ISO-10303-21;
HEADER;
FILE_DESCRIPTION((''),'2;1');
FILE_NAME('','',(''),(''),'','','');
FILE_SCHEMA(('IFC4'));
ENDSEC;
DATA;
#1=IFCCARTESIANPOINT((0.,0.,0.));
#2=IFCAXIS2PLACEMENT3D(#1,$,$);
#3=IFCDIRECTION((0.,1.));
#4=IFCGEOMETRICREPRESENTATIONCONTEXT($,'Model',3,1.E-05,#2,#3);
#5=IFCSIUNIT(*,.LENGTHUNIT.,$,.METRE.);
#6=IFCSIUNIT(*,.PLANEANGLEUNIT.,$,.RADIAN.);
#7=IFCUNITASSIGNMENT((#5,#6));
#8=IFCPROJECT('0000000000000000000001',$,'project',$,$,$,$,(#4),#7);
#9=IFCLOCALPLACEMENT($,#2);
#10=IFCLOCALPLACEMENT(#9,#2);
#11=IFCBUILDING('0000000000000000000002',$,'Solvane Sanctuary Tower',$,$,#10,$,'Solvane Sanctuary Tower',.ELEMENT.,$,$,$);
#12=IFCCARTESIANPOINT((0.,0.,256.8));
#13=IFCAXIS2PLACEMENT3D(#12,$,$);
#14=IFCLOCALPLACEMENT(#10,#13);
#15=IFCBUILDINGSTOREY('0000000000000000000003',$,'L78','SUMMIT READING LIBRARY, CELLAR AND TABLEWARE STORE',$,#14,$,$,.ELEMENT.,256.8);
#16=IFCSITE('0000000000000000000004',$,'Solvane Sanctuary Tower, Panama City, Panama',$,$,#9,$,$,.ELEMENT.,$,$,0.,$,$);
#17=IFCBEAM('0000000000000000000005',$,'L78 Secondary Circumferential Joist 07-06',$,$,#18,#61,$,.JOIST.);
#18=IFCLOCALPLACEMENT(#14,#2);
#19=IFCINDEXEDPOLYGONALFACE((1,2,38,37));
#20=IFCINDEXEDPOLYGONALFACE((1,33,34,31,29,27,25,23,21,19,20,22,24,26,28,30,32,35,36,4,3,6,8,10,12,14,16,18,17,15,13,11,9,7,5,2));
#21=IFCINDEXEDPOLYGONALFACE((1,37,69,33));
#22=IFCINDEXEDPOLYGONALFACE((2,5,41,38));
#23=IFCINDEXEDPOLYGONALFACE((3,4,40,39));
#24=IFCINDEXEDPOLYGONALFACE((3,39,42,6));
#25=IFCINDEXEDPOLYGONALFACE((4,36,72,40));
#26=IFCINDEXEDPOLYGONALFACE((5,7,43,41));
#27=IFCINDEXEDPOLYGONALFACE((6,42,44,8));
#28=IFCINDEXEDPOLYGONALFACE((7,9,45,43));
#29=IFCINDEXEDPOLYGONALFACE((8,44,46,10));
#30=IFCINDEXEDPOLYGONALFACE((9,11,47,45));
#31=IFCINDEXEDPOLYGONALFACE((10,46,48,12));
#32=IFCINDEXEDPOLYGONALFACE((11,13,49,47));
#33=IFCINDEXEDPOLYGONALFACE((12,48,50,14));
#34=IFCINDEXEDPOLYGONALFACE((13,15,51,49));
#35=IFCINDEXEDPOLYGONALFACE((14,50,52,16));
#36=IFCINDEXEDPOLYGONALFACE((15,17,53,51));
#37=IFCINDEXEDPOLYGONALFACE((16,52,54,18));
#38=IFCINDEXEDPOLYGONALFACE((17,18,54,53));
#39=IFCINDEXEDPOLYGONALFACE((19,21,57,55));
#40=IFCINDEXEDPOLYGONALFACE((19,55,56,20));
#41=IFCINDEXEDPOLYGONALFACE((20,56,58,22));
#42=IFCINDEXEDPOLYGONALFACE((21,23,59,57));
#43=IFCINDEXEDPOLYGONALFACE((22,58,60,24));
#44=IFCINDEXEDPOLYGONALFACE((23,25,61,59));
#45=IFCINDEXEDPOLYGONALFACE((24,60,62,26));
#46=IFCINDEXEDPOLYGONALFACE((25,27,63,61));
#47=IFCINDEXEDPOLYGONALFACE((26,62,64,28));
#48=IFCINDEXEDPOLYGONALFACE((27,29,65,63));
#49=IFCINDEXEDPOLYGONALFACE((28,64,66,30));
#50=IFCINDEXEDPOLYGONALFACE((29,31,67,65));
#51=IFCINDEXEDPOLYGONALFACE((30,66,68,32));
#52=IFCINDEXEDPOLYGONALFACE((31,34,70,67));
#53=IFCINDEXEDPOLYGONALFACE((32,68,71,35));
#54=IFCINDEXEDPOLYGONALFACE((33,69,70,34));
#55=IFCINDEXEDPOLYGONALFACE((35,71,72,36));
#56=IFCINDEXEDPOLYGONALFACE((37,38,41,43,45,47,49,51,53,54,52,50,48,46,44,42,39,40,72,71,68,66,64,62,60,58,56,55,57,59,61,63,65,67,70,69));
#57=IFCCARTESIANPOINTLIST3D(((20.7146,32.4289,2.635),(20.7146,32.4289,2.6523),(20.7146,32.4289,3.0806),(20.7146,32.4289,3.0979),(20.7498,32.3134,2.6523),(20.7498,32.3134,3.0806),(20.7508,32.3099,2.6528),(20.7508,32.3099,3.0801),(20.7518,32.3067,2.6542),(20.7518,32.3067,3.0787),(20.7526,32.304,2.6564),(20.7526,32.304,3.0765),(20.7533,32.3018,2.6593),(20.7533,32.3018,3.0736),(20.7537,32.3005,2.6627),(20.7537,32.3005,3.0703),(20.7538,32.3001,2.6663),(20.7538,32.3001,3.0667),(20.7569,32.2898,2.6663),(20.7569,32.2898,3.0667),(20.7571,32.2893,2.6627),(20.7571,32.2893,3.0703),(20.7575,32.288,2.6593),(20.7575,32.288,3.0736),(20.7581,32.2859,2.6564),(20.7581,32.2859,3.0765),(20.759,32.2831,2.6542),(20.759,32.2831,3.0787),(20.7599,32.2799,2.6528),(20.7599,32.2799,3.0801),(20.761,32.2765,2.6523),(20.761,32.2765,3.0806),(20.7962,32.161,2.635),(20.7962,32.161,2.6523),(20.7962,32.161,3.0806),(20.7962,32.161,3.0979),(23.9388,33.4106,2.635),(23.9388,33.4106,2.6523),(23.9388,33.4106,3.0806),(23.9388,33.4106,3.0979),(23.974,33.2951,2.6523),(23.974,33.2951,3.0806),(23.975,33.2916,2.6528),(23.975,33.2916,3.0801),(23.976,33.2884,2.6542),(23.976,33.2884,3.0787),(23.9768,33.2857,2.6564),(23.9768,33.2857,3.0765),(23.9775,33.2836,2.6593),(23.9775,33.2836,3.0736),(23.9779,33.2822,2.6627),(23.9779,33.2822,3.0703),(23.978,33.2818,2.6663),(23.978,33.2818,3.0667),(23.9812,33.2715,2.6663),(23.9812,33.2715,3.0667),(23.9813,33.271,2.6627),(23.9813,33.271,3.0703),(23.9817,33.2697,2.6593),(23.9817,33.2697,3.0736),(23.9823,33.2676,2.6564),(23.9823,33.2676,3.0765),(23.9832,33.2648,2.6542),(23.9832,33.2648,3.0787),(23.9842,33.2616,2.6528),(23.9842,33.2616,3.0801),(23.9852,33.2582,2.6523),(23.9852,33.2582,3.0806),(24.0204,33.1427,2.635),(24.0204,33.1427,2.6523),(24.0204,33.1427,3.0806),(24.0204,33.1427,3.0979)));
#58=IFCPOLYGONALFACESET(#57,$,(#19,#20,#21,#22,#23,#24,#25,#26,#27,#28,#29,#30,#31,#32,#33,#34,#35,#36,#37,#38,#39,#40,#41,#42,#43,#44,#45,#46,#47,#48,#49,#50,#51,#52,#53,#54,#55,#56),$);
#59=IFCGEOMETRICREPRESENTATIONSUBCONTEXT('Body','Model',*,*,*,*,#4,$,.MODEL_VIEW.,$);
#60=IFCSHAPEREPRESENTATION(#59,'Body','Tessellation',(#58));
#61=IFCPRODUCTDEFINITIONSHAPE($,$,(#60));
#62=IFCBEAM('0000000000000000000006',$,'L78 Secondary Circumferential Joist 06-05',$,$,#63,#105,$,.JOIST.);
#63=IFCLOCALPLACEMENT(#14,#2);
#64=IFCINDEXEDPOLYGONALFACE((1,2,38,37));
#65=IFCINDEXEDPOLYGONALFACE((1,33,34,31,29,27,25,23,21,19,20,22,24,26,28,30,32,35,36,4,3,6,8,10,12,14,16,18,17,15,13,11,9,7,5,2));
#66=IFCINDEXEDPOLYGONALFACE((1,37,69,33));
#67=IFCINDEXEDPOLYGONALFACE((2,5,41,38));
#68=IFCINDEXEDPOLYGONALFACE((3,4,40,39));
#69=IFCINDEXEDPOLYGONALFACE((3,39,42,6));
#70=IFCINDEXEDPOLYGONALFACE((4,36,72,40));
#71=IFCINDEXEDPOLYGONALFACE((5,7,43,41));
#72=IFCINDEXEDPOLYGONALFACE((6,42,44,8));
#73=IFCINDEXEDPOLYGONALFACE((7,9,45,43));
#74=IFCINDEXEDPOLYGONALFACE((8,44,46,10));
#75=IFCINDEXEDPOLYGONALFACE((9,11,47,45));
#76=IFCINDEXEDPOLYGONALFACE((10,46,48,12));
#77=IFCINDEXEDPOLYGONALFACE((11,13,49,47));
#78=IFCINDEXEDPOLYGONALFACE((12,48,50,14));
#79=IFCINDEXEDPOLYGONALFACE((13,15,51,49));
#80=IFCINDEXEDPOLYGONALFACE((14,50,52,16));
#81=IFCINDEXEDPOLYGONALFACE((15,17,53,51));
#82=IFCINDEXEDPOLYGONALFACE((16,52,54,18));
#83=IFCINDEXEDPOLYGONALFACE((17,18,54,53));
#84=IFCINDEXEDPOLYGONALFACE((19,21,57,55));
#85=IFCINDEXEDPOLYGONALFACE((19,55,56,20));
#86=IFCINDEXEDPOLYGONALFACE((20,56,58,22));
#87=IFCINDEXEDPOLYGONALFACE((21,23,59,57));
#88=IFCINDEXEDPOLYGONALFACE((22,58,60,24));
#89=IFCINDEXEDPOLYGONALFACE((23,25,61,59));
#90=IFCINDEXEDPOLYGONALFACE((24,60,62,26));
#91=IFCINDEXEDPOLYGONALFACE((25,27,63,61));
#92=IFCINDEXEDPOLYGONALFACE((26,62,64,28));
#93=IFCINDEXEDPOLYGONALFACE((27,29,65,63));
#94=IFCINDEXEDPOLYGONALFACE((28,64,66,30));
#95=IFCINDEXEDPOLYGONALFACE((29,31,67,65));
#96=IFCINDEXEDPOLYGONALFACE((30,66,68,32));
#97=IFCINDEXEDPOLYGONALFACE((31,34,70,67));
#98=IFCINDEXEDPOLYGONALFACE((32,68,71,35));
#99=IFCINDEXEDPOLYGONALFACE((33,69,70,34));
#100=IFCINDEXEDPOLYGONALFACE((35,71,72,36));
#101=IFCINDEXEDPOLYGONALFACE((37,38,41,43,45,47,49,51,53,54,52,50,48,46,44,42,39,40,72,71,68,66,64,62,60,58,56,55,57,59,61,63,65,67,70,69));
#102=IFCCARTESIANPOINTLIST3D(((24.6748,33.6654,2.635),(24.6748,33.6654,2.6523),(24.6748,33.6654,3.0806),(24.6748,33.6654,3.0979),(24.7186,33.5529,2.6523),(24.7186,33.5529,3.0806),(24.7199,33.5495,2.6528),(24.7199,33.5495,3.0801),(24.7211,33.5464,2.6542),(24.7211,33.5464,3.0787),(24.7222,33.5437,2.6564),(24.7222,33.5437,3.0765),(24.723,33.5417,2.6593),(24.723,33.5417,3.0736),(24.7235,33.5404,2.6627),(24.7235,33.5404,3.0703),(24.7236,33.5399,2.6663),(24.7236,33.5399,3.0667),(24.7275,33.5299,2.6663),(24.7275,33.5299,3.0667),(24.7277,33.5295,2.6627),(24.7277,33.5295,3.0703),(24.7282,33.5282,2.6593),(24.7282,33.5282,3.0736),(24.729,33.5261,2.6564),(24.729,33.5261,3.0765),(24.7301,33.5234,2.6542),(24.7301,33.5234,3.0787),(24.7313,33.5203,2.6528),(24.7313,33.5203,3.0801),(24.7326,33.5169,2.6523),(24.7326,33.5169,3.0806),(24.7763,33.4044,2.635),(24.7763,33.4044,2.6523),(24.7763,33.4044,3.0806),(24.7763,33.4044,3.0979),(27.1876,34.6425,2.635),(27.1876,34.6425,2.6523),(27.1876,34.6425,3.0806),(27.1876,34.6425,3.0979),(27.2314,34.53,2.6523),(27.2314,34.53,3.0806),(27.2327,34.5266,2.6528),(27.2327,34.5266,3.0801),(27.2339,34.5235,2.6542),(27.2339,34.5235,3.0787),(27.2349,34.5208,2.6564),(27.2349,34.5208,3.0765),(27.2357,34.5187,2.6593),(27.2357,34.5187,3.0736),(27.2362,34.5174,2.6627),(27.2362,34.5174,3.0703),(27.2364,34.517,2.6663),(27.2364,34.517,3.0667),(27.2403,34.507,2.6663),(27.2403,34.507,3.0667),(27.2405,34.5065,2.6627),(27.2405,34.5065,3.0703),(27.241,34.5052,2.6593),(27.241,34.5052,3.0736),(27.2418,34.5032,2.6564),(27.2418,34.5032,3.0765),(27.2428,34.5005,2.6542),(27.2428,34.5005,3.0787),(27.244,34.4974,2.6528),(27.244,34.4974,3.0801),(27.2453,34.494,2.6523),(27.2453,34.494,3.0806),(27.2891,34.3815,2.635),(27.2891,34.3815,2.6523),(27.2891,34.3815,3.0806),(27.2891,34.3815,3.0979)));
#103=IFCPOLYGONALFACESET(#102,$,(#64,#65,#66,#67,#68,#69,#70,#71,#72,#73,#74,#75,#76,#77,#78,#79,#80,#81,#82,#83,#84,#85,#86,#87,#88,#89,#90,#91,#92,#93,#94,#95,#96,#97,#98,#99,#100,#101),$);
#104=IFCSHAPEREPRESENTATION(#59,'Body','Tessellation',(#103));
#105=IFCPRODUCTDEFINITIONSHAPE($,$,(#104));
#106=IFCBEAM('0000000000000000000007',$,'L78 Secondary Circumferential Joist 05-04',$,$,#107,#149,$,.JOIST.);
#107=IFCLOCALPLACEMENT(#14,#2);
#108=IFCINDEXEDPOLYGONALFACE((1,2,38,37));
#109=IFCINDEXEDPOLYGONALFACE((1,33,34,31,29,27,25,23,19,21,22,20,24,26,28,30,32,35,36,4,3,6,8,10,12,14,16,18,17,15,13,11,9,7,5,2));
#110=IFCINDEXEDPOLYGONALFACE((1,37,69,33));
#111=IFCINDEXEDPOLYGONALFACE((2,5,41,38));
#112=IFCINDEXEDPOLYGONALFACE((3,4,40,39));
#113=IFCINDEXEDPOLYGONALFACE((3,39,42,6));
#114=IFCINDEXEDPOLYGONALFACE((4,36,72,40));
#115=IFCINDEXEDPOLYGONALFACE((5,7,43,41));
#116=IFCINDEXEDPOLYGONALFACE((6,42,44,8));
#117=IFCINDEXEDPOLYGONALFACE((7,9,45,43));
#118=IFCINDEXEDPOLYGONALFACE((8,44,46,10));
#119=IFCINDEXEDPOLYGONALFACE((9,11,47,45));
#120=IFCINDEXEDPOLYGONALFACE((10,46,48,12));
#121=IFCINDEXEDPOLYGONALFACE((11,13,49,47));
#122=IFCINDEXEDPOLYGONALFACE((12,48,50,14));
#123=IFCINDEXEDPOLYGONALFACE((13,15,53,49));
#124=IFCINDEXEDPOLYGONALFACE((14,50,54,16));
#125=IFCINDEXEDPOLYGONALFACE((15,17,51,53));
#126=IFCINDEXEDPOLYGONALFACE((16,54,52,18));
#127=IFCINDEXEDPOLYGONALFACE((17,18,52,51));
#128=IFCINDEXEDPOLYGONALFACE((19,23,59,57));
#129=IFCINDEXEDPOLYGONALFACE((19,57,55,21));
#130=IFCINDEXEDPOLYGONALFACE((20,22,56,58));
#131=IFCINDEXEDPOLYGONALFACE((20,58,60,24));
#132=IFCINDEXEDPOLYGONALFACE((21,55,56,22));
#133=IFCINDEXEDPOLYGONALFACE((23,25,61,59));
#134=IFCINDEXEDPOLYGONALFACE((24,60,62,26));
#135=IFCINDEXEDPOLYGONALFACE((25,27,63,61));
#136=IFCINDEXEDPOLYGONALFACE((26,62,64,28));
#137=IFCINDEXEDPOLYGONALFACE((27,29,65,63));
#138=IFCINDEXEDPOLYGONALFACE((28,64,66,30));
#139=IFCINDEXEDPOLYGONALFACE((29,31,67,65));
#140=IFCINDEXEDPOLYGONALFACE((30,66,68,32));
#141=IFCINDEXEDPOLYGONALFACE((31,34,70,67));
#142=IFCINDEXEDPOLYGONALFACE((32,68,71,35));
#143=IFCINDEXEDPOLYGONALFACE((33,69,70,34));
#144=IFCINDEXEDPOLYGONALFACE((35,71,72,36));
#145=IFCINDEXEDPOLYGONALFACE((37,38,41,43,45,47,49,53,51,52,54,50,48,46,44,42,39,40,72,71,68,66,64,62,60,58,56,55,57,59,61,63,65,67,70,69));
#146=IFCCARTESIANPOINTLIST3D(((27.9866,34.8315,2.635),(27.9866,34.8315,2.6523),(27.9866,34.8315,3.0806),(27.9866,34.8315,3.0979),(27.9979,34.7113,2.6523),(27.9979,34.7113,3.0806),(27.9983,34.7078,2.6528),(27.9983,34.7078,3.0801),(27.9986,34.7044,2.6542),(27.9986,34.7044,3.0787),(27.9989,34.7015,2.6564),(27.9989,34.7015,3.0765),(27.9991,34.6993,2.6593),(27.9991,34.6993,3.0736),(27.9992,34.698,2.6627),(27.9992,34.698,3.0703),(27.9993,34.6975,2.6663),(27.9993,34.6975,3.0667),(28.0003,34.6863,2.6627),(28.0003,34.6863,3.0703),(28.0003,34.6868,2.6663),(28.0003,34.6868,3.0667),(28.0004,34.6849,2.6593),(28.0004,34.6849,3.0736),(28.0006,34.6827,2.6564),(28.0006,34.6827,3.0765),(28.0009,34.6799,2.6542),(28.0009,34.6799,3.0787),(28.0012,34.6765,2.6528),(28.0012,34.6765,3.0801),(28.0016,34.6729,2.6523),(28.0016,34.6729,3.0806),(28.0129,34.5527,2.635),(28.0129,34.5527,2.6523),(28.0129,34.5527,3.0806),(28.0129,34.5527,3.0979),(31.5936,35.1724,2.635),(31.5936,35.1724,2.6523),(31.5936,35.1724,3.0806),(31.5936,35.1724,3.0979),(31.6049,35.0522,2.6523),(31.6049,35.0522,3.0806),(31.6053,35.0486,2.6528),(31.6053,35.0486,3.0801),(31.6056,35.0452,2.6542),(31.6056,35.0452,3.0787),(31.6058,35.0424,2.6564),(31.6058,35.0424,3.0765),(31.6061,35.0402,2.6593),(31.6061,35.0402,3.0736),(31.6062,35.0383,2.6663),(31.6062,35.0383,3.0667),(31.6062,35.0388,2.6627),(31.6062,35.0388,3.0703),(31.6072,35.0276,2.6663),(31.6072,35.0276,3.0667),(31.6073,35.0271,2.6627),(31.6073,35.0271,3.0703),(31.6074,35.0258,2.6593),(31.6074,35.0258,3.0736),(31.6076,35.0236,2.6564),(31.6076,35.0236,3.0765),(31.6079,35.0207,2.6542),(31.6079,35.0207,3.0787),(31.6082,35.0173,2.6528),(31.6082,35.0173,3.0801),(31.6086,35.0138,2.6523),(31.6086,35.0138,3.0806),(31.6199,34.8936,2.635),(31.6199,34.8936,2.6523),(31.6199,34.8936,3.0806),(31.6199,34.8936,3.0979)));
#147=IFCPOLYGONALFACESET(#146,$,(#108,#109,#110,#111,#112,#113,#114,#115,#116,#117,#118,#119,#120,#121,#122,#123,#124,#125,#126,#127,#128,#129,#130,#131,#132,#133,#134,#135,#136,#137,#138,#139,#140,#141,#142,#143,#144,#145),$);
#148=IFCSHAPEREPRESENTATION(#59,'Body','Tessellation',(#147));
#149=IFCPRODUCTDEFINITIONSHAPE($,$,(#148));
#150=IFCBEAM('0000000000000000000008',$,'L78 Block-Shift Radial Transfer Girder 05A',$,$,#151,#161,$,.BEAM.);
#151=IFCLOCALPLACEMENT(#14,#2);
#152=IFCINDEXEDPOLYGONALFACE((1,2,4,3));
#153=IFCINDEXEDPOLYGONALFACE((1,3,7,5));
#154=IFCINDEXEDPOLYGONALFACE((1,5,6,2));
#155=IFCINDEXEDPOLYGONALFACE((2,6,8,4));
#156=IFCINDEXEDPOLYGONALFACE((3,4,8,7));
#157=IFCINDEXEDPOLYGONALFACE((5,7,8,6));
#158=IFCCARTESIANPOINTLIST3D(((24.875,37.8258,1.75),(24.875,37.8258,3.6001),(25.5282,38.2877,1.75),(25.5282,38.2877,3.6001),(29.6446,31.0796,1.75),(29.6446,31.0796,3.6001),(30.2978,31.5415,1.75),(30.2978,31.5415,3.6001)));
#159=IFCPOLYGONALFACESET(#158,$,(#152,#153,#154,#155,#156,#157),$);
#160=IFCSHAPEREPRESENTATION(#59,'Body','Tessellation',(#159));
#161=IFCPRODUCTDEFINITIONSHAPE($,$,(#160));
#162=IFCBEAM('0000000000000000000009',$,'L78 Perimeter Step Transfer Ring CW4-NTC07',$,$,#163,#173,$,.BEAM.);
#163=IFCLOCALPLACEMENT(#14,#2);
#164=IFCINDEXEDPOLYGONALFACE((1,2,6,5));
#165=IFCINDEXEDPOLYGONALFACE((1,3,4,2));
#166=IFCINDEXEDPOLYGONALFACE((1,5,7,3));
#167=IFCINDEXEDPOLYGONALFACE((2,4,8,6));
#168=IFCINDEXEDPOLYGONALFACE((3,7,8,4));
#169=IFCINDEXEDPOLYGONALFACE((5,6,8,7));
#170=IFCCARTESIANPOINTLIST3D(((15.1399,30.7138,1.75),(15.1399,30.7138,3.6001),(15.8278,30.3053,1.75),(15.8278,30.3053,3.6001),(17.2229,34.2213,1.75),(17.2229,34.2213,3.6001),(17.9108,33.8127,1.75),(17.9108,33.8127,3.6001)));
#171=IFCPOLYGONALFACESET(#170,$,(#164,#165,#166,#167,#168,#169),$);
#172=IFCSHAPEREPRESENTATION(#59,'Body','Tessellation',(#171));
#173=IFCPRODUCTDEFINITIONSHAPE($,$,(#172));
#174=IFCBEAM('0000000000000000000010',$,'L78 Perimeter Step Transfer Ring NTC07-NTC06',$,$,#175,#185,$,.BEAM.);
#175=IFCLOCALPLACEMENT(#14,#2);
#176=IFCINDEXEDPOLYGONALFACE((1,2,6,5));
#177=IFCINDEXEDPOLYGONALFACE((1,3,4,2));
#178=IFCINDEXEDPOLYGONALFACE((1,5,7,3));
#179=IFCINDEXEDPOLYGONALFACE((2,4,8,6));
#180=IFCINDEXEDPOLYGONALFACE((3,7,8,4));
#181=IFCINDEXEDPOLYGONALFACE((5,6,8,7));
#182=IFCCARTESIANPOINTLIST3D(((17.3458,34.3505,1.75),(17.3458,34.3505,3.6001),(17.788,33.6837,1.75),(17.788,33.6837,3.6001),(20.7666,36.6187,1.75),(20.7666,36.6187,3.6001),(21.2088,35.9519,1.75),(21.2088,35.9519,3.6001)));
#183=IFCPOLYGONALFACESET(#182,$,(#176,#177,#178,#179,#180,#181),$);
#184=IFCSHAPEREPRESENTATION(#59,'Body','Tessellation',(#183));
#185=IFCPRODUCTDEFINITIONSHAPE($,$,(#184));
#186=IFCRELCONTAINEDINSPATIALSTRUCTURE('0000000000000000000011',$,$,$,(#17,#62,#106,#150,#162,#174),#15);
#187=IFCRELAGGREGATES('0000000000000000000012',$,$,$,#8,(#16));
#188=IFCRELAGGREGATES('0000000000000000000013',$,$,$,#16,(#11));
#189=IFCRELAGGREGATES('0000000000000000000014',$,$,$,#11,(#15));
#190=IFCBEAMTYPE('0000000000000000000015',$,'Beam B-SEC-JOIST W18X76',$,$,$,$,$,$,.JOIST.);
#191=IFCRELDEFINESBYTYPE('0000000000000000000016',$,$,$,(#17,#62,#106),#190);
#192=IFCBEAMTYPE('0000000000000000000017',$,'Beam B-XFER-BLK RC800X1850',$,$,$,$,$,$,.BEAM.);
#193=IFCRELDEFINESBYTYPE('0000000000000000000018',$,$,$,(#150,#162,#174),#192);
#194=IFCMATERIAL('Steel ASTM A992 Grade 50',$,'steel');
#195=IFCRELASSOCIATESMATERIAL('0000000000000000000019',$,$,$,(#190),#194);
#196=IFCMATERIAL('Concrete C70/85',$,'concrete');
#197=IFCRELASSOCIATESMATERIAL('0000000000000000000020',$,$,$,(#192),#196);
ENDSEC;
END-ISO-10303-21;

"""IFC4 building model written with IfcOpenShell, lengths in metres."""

from ifc_helpers import new_model, si_unit, direction, frame, origin, origin_2d, place, context, subcontext, project, spatial, rectangle, i_section, extrude, material, material_profile, profile_set, type_object, element, save


model = new_model("IFC4")

# Units and contexts
model_context = context("Model", 3, precision=1e-05, world=origin(), true_north=direction((0.0, 1.0)))
body_context = subcontext(model_context, "Body", "Model", "MODEL_VIEW")
ifc_project = project(units=[si_unit("LENGTHUNIT", "METRE"), si_unit("PLANEANGLEUNIT", "RADIAN")], contexts=[model_context])

# Site, building, storey
site_placement = place(None, origin())
site = spatial("IfcSite", under=ifc_project, at=site_placement, Name="Solvane Sanctuary Tower, Panama City, Panama", CompositionType="ELEMENT", RefElevation=0.0)
building_placement = place(site_placement, origin())
building = spatial("IfcBuilding", under=site, at=building_placement, Name="Solvane Sanctuary Tower", LongName="Solvane Sanctuary Tower", CompositionType="ELEMENT")
storey_placement = place(building_placement, frame((0.0, 0.0, 256.8)))
storey = spatial("IfcBuildingStorey", under=building, at=storey_placement, Name="L78", Description="SUMMIT READING LIBRARY, CELLAR AND TABLEWARE STORE", CompositionType="ELEMENT", Elevation=256.8)

# Beams
ifc_material_1 = material(Name="Steel ASTM A992 Grade 50", Category="steel")
ifc_material_profile_1 = material_profile(ifc_material_1, i_section(OverallWidth=0.28, OverallDepth=0.4629, WebThickness=0.0107, FlangeThickness=0.0173, FilletRadius=0.0139, at=origin_2d()), Name="W18X76")
ifc_profile_set_1 = profile_set([ifc_material_profile_1], Name="Steel ASTM A992 Grade 50")
beam_type_1 = type_object("IfcBeamType", Name="Beam B-SEC-JOIST W18X76", PredefinedType="JOIST", material=ifc_profile_set_1)
beam_1_placement = place(storey_placement, frame((20.7554, 32.2949, 2.8665), z_axis=(0.956638, 0.29128, 0.0), x_axis=(-0.29128, 0.956638, 0.0)))
element("IfcBeam", 1, at=beam_1_placement, inside=storey, type_object=beam_type_1, Name="L78 Secondary Circumferential Joist 07-06", PredefinedType="JOIST", context=body_context, shape_type="SweptSolid", body=[
    extrude(i_section(OverallWidth=0.28, OverallDepth=0.4629, WebThickness=0.0107, FlangeThickness=0.0173, FilletRadius=0.0139, at=origin_2d()), origin(), (0.0, 0.0, 1.0), 3.3704),
])
beam_2_placement = place(storey_placement, frame((24.7256, 33.5349, 2.8665), z_axis=(0.932018, 0.362411, 0.0), x_axis=(-0.362411, 0.932018, 0.0)))
element("IfcBeam", 2, at=beam_2_placement, inside=storey, type_object=beam_type_1, Name="L78 Secondary Circumferential Joist 06-05", PredefinedType="JOIST", context=body_context, shape_type="SweptSolid", body=[
    extrude(i_section(OverallWidth=0.28, OverallDepth=0.4629, WebThickness=0.0107, FlangeThickness=0.0173, FilletRadius=0.0139, at=origin_2d()), origin(), (0.0, 0.0, 1.0), 2.696),
])
beam_3_placement = place(storey_placement, frame((27.9998, 34.6921, 2.8665), z_axis=(0.995565, 0.094071, 0.0), x_axis=(-0.094071, 0.995565, 0.0)))
element("IfcBeam", 3, at=beam_3_placement, inside=storey, type_object=beam_type_1, Name="L78 Secondary Circumferential Joist 05-04", PredefinedType="JOIST", context=body_context, shape_type="SweptSolid", body=[
    extrude(i_section(OverallWidth=0.28, OverallDepth=0.4629, WebThickness=0.0107, FlangeThickness=0.0173, FilletRadius=0.0139, at=origin_2d()), origin(), (0.0, 0.0, 1.0), 3.623),
])
ifc_material_2 = material(Name="Concrete C70/85", Category="concrete")
ifc_material_profile_2 = material_profile(ifc_material_2, rectangle(XDim=0.8, YDim=1.8501, at=origin_2d()), Name="RC800X1850")
ifc_profile_set_2 = profile_set([ifc_material_profile_2], Name="Concrete C70/85")
beam_type_2 = type_object("IfcBeamType", Name="Beam B-XFER-BLK RC800X1850", PredefinedType="BEAM", material=ifc_profile_set_2)
beam_4_placement = place(storey_placement, frame((29.9712, 31.3105, 2.675), z_axis=(-0.577296, 0.816535, 0.0), x_axis=(-0.816535, -0.577296, 0.0)))
element("IfcBeam", 4, at=beam_4_placement, inside=storey, type_object=beam_type_2, Name="L78 Block-Shift Radial Transfer Girder 05A", PredefinedType="BEAM", context=body_context, shape_type="SweptSolid", body=[
    extrude(rectangle(XDim=0.8, YDim=1.8501, at=origin_2d()), origin(), (0.0, 0.0, 1.0), 8.262),
])
beam_5_placement = place(storey_placement, frame((15.4839, 30.5095, 2.675), z_axis=(0.510609, 0.859813, 0.0), x_axis=(-0.859813, 0.510609, 0.0)))
element("IfcBeam", 5, at=beam_5_placement, inside=storey, type_object=beam_type_2, Name="L78 Perimeter Step Transfer Ring CW4-NTC07", PredefinedType="BEAM", context=body_context, shape_type="SweptSolid", body=[
    extrude(rectangle(XDim=0.8, YDim=1.8501, at=origin_2d()), origin(), (0.0, 0.0, 1.0), 4.0793),
])
beam_6_placement = place(storey_placement, frame((17.5669, 34.0171, 2.675), z_axis=(0.833429, 0.552626, 0.0), x_axis=(-0.552626, 0.833429, 0.0)))
element("IfcBeam", 6, at=beam_6_placement, inside=storey, type_object=beam_type_2, Name="L78 Perimeter Step Transfer Ring NTC07-NTC06", PredefinedType="BEAM", context=body_context, shape_type="SweptSolid", body=[
    extrude(rectangle(XDim=0.8, YDim=1.8501, at=origin_2d()), origin(), (0.0, 0.0, 1.0), 4.1045),
])

save(model, "model.ifc")
